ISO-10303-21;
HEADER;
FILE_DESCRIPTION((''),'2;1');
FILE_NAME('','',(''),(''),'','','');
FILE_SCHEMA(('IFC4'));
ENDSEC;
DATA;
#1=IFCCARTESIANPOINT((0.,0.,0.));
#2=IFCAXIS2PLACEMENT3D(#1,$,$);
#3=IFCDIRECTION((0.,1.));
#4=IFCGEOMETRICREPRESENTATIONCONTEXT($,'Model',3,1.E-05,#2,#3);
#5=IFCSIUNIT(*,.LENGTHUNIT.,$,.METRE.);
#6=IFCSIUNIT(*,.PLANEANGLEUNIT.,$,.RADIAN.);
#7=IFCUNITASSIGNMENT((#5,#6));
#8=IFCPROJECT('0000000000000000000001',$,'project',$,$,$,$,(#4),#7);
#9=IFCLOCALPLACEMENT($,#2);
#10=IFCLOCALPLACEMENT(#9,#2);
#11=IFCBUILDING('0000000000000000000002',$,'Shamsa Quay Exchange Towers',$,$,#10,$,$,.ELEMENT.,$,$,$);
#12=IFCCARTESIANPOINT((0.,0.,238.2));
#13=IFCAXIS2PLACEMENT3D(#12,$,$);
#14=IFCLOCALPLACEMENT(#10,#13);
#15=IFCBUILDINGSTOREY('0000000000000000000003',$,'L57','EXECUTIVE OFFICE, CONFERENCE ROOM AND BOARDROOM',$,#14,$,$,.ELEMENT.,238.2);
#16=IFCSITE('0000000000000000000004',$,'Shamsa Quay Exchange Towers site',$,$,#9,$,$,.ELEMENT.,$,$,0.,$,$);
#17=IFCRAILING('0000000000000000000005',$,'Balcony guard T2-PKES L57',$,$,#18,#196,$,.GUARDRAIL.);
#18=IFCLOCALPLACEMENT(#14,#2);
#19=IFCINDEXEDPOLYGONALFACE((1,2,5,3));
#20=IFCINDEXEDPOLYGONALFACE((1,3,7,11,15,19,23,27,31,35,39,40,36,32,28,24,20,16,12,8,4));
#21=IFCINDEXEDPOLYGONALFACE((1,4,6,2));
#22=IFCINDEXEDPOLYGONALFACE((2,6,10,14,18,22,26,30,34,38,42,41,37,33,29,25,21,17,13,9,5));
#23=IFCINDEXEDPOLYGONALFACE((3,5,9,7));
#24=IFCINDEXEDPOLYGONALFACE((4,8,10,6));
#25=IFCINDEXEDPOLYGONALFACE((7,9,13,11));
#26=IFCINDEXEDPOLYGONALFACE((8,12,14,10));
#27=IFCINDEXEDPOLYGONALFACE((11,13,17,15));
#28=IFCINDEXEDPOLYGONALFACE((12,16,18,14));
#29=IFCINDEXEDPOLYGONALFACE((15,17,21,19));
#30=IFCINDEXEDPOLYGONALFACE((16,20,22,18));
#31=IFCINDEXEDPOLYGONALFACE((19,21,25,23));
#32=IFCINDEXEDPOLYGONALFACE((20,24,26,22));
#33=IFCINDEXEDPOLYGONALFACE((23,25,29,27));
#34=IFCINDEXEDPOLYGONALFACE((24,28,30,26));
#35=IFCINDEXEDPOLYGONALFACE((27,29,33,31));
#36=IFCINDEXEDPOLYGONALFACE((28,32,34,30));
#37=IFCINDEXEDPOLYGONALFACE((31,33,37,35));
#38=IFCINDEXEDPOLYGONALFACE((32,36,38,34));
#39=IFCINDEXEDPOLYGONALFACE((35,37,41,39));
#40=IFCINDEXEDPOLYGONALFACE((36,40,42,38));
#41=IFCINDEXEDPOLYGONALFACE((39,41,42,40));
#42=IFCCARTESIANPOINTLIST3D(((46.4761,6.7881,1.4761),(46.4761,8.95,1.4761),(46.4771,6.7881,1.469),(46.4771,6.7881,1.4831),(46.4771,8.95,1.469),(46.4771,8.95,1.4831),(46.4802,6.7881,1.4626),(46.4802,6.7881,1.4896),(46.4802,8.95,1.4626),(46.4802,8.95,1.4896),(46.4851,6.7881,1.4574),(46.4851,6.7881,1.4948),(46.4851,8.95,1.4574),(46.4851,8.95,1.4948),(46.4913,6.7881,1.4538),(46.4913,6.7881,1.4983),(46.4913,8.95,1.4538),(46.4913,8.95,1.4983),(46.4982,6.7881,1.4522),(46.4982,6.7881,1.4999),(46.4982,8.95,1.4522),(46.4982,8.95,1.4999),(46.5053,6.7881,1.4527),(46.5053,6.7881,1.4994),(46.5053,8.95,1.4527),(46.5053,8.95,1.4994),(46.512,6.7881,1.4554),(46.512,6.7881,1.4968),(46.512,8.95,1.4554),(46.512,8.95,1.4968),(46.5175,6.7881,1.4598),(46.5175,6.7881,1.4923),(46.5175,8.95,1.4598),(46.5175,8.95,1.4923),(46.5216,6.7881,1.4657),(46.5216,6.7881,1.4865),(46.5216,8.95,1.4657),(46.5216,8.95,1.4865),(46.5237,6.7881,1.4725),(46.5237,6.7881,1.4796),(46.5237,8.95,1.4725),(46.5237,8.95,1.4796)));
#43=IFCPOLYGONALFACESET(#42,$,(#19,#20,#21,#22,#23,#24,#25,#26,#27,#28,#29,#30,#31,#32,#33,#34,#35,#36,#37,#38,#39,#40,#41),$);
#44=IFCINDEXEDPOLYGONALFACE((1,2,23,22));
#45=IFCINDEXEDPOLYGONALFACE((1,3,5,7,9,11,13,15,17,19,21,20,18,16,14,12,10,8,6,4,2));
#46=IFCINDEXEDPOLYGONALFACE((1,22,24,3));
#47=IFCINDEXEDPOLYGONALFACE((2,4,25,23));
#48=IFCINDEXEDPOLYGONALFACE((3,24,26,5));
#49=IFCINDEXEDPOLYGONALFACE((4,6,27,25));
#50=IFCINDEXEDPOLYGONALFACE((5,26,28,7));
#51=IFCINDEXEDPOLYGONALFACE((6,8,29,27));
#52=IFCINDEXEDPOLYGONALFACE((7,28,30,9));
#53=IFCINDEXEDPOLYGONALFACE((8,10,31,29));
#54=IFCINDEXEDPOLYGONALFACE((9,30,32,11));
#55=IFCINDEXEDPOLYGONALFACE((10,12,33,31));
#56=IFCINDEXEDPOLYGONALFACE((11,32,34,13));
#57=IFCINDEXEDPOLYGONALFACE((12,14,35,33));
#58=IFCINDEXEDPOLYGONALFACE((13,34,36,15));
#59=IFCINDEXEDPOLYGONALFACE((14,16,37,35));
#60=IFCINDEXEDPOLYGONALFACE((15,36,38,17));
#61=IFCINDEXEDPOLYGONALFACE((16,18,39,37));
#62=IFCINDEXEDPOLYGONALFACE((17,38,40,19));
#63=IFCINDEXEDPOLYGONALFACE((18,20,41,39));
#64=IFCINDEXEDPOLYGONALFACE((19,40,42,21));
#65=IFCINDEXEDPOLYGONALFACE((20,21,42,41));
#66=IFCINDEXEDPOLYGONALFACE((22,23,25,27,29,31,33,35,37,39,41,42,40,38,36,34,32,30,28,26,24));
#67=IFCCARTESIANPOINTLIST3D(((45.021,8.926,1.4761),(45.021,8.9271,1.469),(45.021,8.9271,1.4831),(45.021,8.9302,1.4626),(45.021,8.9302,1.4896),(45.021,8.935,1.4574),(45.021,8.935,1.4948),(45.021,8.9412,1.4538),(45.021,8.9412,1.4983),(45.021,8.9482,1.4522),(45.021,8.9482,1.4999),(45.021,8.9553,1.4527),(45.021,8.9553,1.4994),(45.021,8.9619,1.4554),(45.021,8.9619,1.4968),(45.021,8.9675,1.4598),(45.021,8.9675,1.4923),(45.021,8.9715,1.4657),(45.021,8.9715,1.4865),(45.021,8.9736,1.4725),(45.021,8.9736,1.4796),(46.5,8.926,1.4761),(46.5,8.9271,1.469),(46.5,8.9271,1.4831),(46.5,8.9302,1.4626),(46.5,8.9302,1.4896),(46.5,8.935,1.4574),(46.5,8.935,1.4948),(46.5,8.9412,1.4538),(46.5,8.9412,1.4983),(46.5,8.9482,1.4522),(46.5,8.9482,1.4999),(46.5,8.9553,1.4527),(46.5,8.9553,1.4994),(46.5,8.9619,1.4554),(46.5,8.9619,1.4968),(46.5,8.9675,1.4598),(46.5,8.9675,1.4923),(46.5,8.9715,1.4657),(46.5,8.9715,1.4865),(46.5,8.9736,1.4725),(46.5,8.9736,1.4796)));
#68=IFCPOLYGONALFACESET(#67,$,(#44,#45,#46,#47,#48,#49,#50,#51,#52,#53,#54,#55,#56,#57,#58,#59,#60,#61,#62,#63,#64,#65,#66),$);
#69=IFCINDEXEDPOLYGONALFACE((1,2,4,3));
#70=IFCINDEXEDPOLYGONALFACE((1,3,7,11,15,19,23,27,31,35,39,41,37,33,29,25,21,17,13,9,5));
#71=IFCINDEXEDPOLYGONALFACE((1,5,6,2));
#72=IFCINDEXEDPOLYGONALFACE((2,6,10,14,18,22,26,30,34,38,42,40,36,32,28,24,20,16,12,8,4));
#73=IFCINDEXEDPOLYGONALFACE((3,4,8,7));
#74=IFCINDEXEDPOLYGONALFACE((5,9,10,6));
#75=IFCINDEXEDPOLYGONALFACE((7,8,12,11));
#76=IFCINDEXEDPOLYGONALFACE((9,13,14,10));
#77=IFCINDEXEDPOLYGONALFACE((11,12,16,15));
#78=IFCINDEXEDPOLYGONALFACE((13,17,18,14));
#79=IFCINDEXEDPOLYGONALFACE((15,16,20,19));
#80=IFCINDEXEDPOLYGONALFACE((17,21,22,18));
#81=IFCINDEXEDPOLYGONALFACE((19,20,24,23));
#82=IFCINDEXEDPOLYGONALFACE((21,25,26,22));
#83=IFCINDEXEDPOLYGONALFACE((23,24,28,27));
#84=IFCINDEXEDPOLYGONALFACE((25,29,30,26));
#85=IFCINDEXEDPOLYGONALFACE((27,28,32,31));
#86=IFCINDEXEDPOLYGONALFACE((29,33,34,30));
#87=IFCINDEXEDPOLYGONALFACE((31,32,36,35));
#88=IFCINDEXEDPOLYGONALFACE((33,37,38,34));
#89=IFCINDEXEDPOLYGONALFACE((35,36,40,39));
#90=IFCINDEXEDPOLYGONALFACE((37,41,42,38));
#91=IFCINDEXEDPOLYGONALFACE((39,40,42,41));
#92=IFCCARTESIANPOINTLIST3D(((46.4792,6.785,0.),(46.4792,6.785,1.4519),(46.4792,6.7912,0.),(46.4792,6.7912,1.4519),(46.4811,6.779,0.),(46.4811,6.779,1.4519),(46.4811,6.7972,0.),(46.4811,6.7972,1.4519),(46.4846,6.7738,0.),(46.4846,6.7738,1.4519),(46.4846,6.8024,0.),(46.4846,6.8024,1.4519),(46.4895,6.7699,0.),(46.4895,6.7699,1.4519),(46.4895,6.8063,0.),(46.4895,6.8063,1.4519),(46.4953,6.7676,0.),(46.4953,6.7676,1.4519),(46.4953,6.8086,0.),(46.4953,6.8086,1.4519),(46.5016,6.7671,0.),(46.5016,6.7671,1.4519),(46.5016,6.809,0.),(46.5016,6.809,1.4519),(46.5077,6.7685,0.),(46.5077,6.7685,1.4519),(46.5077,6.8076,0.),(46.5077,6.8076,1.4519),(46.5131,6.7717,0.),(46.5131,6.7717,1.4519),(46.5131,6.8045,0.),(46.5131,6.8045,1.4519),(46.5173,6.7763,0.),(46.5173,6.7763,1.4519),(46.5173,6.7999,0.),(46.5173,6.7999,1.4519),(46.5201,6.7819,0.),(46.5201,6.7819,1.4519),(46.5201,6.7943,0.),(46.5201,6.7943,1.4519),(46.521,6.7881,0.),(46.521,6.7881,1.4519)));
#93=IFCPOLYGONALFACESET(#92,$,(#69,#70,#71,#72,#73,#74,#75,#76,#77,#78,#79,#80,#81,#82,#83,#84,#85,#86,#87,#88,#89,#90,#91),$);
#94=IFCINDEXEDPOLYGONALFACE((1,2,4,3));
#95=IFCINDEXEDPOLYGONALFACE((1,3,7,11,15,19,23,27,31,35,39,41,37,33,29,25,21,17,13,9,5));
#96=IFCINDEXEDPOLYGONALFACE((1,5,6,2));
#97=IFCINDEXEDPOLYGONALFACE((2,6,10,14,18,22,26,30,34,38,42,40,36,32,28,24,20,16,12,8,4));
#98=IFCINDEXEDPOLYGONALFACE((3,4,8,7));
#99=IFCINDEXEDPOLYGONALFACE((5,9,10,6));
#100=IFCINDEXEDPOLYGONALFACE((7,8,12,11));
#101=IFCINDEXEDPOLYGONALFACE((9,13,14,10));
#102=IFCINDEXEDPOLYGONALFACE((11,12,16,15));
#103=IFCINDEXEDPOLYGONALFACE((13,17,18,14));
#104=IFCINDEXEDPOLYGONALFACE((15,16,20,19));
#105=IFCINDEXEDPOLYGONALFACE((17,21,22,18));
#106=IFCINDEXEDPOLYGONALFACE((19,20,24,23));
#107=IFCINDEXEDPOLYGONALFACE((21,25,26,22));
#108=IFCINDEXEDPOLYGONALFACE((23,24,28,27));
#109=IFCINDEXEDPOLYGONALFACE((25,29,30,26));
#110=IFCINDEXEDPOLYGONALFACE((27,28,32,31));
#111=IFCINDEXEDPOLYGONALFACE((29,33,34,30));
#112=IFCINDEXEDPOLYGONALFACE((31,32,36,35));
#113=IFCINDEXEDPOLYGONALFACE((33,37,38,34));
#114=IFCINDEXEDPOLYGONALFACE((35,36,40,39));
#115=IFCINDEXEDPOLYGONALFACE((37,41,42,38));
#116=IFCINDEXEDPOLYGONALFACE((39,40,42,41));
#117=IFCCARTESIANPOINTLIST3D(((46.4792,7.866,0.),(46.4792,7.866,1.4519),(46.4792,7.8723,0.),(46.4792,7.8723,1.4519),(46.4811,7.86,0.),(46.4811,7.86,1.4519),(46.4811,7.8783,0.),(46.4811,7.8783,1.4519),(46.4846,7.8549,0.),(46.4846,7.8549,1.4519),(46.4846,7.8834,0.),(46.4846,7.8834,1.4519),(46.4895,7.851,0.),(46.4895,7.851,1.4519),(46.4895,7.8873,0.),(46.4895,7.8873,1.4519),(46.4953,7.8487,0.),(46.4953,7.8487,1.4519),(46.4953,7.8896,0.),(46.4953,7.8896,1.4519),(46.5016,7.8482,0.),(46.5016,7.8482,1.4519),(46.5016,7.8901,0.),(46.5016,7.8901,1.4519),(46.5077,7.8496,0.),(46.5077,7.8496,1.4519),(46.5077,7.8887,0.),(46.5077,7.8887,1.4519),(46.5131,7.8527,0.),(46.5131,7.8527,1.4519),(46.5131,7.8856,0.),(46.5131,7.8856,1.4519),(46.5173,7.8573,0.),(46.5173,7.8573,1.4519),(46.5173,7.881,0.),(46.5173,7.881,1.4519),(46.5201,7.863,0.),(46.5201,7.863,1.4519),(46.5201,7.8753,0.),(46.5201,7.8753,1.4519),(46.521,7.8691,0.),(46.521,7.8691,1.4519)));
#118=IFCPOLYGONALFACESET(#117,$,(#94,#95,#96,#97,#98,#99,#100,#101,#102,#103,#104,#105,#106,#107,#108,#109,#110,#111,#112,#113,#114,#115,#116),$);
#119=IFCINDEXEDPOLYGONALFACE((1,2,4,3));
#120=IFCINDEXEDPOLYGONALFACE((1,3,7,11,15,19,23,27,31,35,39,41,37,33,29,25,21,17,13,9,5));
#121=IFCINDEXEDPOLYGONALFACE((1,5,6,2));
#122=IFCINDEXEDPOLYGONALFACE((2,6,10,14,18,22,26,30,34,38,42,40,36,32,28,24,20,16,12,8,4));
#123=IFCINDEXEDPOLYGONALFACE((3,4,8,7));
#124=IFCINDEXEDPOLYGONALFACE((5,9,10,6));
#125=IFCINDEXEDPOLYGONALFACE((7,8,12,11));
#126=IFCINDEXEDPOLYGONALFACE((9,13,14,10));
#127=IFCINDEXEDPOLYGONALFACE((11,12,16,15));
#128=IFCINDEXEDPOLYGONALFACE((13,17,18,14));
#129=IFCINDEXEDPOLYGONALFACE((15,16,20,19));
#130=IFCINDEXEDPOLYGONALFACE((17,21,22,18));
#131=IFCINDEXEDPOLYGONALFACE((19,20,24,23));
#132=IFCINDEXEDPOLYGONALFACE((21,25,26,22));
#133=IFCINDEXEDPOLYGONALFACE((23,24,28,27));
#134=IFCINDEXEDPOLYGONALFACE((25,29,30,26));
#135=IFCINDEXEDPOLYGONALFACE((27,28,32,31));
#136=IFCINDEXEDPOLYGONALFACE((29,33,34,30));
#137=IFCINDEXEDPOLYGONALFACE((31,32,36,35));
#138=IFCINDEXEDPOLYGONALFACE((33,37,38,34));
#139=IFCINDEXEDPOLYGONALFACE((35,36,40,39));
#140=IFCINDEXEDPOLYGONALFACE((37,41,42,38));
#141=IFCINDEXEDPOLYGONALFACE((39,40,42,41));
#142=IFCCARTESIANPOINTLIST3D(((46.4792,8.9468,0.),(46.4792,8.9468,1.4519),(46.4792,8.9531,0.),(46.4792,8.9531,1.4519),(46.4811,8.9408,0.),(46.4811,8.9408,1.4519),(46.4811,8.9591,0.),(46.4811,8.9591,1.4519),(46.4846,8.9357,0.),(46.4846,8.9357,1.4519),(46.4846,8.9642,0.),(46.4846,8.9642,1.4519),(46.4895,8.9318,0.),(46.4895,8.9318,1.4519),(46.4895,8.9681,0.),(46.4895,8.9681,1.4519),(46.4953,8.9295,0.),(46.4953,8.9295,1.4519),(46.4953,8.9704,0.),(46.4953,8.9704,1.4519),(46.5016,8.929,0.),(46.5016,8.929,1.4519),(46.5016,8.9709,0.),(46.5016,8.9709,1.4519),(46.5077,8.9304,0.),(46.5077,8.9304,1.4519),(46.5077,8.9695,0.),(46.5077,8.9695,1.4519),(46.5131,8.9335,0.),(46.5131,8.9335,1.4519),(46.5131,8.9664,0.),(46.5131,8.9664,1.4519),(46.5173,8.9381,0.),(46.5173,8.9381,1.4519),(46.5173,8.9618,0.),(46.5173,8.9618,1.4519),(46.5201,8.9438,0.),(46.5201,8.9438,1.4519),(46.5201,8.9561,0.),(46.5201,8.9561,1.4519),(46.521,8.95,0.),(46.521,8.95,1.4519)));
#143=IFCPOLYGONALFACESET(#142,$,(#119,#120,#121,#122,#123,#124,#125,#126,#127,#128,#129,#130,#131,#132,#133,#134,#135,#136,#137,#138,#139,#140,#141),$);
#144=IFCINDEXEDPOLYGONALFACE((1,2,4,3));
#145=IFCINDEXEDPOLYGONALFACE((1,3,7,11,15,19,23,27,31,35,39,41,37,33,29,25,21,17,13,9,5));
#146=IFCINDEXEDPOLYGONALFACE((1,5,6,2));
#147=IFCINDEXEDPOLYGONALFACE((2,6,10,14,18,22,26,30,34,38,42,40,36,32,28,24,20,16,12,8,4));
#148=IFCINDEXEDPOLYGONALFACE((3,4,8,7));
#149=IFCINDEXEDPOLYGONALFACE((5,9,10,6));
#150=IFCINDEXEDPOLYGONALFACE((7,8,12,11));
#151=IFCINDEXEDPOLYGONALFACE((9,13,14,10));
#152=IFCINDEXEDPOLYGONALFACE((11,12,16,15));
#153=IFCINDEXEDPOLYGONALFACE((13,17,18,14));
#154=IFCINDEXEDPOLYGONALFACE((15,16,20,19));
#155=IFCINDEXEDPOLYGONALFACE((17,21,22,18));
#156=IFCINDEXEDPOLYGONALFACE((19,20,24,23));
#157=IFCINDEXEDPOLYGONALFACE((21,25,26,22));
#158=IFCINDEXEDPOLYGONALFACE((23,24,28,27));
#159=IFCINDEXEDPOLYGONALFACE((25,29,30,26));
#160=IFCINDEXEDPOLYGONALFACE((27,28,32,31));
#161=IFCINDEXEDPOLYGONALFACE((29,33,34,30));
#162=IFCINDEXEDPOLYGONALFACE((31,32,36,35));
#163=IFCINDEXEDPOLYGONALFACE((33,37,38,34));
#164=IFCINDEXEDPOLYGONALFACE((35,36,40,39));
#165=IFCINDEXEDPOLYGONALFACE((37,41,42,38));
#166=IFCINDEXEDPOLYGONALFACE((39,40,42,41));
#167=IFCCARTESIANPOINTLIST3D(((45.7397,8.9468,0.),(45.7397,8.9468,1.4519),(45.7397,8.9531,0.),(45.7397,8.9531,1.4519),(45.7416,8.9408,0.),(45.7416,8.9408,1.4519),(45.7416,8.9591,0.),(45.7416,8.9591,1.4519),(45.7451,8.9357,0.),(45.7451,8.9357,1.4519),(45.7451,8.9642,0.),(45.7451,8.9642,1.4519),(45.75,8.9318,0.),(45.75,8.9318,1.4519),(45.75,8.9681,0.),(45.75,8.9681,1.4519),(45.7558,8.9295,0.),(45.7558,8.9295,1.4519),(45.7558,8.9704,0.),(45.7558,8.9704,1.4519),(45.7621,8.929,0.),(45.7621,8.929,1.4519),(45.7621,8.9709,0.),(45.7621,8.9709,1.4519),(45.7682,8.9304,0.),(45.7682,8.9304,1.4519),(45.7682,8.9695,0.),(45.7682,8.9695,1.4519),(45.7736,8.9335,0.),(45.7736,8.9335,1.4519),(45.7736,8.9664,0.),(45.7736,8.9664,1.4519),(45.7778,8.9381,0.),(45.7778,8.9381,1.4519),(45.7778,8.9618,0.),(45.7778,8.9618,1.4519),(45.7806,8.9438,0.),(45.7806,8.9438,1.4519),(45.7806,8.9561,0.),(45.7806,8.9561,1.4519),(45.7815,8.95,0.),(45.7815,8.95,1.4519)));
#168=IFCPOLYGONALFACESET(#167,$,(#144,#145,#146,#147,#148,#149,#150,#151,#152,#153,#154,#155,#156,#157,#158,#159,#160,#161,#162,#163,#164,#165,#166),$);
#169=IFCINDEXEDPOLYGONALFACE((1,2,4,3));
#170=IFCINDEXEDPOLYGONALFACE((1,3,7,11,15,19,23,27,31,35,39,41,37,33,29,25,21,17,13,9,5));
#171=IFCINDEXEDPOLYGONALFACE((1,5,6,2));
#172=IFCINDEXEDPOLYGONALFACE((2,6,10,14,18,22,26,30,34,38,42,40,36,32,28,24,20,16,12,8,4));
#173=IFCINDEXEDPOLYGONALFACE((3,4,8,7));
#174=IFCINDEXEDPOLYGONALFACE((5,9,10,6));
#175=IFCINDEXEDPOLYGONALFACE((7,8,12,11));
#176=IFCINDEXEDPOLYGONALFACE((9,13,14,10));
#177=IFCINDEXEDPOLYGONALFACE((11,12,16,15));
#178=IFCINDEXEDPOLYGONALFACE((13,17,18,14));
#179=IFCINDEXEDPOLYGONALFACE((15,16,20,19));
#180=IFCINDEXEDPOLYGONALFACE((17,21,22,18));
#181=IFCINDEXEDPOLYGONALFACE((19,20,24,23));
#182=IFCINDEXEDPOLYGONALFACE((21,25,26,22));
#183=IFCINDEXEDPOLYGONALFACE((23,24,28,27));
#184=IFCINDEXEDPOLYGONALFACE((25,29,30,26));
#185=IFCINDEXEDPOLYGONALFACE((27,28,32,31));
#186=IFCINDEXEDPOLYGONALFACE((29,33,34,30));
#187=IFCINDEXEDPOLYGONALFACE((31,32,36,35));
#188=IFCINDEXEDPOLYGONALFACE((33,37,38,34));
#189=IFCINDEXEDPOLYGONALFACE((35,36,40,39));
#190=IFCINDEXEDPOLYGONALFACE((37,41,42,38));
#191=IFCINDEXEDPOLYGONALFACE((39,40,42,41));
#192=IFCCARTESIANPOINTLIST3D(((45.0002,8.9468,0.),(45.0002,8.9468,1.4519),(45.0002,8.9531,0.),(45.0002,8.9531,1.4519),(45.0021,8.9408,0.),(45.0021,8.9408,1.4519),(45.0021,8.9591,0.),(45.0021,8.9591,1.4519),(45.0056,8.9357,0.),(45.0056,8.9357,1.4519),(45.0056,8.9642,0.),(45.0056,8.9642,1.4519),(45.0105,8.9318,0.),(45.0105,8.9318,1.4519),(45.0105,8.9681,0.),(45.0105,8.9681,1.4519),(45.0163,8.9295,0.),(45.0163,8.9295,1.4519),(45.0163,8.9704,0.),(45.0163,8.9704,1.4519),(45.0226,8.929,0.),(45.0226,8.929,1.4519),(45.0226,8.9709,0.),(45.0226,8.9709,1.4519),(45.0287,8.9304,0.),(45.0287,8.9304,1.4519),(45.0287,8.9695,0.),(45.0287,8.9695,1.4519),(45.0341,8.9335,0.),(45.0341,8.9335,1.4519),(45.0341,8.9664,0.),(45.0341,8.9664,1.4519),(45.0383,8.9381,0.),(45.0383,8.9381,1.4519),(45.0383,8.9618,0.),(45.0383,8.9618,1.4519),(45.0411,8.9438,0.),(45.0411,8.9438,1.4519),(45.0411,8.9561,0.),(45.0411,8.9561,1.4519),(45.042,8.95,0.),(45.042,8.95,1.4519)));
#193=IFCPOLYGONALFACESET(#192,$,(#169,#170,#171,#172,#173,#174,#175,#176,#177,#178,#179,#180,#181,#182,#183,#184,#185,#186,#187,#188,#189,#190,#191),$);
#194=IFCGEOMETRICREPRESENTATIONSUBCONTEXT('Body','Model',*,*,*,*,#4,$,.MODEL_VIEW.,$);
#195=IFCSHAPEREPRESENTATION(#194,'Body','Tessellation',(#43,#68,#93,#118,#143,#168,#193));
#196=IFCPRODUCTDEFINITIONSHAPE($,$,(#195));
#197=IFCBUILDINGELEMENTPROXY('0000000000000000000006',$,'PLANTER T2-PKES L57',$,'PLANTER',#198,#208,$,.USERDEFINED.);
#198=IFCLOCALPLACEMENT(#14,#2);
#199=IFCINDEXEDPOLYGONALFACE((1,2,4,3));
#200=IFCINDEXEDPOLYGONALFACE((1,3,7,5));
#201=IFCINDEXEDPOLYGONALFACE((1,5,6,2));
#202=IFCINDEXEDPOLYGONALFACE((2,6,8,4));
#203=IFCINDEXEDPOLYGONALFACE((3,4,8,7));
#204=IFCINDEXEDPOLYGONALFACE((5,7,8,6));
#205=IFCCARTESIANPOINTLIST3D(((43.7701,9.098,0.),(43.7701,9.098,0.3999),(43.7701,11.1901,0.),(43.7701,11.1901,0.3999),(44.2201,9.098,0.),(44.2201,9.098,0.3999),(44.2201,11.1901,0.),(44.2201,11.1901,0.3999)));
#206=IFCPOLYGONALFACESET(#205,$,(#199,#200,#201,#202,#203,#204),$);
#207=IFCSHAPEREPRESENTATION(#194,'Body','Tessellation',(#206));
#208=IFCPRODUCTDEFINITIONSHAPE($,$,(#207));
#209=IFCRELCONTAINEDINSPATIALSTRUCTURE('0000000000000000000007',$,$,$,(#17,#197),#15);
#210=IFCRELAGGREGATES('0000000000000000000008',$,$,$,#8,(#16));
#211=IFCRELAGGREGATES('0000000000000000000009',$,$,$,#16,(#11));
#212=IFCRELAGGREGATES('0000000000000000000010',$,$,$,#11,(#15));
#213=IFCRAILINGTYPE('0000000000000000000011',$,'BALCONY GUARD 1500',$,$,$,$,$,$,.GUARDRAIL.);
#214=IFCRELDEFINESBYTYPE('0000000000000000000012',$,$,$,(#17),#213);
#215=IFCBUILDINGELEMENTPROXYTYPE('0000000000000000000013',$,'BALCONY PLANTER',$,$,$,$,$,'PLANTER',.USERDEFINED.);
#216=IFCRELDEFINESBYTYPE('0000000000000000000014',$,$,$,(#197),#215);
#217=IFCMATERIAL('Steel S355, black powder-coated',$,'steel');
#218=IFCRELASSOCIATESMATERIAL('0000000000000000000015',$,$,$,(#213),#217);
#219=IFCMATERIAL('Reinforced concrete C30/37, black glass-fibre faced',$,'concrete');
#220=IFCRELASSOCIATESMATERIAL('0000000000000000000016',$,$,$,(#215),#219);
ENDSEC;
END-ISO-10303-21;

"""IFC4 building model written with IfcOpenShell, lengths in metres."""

from ifc_helpers import new_model, si_unit, direction, frame, origin, origin_2d, place, context, subcontext, project, spatial, rectangle, circle, extrude, material, type_object, element, save


model = new_model("IFC4")

# Units and contexts
model_context = context("Model", 3, precision=1e-05, world=origin(), true_north=direction((0.0, 1.0)))
body_context = subcontext(model_context, "Body", "Model", "MODEL_VIEW")
ifc_project = project(units=[si_unit("LENGTHUNIT", "METRE"), si_unit("PLANEANGLEUNIT", "RADIAN")], contexts=[model_context])

# Site, building, storey
site_placement = place(None, origin())
site = spatial("IfcSite", under=ifc_project, at=site_placement, Name="Shamsa Quay Exchange Towers site", CompositionType="ELEMENT", RefElevation=0.0)
building_placement = place(site_placement, origin())
building = spatial("IfcBuilding", under=site, at=building_placement, Name="Shamsa Quay Exchange Towers", CompositionType="ELEMENT")
storey_placement = place(building_placement, frame((0.0, 0.0, 238.2)))
storey = spatial("IfcBuildingStorey", under=building, at=storey_placement, Name="L57", Description="EXECUTIVE OFFICE, CONFERENCE ROOM AND BOARDROOM", CompositionType="ELEMENT", Elevation=238.2)

# Railing
ifc_material_1 = material(Name="Steel S355, black powder-coated", Category="steel")
railing_type_1 = type_object("IfcRailingType", Name="BALCONY GUARD 1500", PredefinedType="GUARDRAIL", material=ifc_material_1)
for number, where, name in (
    (1, (46.5, 6.7881, 0.0), "Balcony guard T2-PKES L57"),
):
    element("IfcRailing", number, at=place(storey_placement, frame(where)), inside=storey, type_object=railing_type_1, Name=name, PredefinedType="GUARDRAIL", context=body_context, shape_type="SweptSolid", body=[
        extrude(circle(Radius=0.0239, at=origin_2d()), frame((0.0, 0.0, 1.4761), z_axis=(0.0, 1.0, 0.0), x_axis=(-1.0, 0.0, 0.0)), (0.0, 0.0, 1.0), 2.1619),
        extrude(circle(Radius=0.0239, at=origin_2d()), frame((0.0, 2.1619, 1.4761), z_axis=(-1.0, 0.0, 0.0), x_axis=(0.0, -1.0, 0.0)), (0.0, 0.0, 1.0), 1.479),
        extrude(circle(Radius=0.021, at=origin_2d()), origin(), (0.0, 0.0, 1.0), 1.4519),
        extrude(circle(Radius=0.021, at=origin_2d()), frame((0.0, 1.0811, 0.0)), (0.0, 0.0, 1.0), 1.4519),
        extrude(circle(Radius=0.021, at=origin_2d()), frame((0.0, 2.1619, 0.0)), (0.0, 0.0, 1.0), 1.4519),
        extrude(circle(Radius=0.021, at=origin_2d()), frame((-0.7395, 2.1619, 0.0)), (0.0, 0.0, 1.0), 1.4519),
        extrude(circle(Radius=0.021, at=origin_2d()), frame((-1.479, 2.1619, 0.0)), (0.0, 0.0, 1.0), 1.4519),
    ])

# Building element proxy
ifc_material_2 = material(Name="Reinforced concrete C30/37, black glass-fibre faced", Category="concrete")
building_element_proxy_type = type_object("IfcBuildingElementProxyType", Name="BALCONY PLANTER", ElementType="PLANTER", PredefinedType="USERDEFINED", material=ifc_material_2)
for number, where, z_axis, x_axis, name in (
    (2, (43.9951, 10.144, 0.0), (0.0, 0.0, 1.0), (0.0, 1.0, 0.0), "PLANTER T2-PKES L57"),
):
    element("IfcBuildingElementProxy", number, at=place(storey_placement, frame(where, z_axis=z_axis, x_axis=x_axis)), inside=storey, type_object=building_element_proxy_type, Name=name, ObjectType="PLANTER", PredefinedType="USERDEFINED", context=body_context, shape_type="SweptSolid", body=[
        extrude(rectangle(XDim=2.092, YDim=0.45, at=origin_2d()), origin(), (0.0, 0.0, 1.0), 0.3999),
    ])

save(model, "model.ifc")
